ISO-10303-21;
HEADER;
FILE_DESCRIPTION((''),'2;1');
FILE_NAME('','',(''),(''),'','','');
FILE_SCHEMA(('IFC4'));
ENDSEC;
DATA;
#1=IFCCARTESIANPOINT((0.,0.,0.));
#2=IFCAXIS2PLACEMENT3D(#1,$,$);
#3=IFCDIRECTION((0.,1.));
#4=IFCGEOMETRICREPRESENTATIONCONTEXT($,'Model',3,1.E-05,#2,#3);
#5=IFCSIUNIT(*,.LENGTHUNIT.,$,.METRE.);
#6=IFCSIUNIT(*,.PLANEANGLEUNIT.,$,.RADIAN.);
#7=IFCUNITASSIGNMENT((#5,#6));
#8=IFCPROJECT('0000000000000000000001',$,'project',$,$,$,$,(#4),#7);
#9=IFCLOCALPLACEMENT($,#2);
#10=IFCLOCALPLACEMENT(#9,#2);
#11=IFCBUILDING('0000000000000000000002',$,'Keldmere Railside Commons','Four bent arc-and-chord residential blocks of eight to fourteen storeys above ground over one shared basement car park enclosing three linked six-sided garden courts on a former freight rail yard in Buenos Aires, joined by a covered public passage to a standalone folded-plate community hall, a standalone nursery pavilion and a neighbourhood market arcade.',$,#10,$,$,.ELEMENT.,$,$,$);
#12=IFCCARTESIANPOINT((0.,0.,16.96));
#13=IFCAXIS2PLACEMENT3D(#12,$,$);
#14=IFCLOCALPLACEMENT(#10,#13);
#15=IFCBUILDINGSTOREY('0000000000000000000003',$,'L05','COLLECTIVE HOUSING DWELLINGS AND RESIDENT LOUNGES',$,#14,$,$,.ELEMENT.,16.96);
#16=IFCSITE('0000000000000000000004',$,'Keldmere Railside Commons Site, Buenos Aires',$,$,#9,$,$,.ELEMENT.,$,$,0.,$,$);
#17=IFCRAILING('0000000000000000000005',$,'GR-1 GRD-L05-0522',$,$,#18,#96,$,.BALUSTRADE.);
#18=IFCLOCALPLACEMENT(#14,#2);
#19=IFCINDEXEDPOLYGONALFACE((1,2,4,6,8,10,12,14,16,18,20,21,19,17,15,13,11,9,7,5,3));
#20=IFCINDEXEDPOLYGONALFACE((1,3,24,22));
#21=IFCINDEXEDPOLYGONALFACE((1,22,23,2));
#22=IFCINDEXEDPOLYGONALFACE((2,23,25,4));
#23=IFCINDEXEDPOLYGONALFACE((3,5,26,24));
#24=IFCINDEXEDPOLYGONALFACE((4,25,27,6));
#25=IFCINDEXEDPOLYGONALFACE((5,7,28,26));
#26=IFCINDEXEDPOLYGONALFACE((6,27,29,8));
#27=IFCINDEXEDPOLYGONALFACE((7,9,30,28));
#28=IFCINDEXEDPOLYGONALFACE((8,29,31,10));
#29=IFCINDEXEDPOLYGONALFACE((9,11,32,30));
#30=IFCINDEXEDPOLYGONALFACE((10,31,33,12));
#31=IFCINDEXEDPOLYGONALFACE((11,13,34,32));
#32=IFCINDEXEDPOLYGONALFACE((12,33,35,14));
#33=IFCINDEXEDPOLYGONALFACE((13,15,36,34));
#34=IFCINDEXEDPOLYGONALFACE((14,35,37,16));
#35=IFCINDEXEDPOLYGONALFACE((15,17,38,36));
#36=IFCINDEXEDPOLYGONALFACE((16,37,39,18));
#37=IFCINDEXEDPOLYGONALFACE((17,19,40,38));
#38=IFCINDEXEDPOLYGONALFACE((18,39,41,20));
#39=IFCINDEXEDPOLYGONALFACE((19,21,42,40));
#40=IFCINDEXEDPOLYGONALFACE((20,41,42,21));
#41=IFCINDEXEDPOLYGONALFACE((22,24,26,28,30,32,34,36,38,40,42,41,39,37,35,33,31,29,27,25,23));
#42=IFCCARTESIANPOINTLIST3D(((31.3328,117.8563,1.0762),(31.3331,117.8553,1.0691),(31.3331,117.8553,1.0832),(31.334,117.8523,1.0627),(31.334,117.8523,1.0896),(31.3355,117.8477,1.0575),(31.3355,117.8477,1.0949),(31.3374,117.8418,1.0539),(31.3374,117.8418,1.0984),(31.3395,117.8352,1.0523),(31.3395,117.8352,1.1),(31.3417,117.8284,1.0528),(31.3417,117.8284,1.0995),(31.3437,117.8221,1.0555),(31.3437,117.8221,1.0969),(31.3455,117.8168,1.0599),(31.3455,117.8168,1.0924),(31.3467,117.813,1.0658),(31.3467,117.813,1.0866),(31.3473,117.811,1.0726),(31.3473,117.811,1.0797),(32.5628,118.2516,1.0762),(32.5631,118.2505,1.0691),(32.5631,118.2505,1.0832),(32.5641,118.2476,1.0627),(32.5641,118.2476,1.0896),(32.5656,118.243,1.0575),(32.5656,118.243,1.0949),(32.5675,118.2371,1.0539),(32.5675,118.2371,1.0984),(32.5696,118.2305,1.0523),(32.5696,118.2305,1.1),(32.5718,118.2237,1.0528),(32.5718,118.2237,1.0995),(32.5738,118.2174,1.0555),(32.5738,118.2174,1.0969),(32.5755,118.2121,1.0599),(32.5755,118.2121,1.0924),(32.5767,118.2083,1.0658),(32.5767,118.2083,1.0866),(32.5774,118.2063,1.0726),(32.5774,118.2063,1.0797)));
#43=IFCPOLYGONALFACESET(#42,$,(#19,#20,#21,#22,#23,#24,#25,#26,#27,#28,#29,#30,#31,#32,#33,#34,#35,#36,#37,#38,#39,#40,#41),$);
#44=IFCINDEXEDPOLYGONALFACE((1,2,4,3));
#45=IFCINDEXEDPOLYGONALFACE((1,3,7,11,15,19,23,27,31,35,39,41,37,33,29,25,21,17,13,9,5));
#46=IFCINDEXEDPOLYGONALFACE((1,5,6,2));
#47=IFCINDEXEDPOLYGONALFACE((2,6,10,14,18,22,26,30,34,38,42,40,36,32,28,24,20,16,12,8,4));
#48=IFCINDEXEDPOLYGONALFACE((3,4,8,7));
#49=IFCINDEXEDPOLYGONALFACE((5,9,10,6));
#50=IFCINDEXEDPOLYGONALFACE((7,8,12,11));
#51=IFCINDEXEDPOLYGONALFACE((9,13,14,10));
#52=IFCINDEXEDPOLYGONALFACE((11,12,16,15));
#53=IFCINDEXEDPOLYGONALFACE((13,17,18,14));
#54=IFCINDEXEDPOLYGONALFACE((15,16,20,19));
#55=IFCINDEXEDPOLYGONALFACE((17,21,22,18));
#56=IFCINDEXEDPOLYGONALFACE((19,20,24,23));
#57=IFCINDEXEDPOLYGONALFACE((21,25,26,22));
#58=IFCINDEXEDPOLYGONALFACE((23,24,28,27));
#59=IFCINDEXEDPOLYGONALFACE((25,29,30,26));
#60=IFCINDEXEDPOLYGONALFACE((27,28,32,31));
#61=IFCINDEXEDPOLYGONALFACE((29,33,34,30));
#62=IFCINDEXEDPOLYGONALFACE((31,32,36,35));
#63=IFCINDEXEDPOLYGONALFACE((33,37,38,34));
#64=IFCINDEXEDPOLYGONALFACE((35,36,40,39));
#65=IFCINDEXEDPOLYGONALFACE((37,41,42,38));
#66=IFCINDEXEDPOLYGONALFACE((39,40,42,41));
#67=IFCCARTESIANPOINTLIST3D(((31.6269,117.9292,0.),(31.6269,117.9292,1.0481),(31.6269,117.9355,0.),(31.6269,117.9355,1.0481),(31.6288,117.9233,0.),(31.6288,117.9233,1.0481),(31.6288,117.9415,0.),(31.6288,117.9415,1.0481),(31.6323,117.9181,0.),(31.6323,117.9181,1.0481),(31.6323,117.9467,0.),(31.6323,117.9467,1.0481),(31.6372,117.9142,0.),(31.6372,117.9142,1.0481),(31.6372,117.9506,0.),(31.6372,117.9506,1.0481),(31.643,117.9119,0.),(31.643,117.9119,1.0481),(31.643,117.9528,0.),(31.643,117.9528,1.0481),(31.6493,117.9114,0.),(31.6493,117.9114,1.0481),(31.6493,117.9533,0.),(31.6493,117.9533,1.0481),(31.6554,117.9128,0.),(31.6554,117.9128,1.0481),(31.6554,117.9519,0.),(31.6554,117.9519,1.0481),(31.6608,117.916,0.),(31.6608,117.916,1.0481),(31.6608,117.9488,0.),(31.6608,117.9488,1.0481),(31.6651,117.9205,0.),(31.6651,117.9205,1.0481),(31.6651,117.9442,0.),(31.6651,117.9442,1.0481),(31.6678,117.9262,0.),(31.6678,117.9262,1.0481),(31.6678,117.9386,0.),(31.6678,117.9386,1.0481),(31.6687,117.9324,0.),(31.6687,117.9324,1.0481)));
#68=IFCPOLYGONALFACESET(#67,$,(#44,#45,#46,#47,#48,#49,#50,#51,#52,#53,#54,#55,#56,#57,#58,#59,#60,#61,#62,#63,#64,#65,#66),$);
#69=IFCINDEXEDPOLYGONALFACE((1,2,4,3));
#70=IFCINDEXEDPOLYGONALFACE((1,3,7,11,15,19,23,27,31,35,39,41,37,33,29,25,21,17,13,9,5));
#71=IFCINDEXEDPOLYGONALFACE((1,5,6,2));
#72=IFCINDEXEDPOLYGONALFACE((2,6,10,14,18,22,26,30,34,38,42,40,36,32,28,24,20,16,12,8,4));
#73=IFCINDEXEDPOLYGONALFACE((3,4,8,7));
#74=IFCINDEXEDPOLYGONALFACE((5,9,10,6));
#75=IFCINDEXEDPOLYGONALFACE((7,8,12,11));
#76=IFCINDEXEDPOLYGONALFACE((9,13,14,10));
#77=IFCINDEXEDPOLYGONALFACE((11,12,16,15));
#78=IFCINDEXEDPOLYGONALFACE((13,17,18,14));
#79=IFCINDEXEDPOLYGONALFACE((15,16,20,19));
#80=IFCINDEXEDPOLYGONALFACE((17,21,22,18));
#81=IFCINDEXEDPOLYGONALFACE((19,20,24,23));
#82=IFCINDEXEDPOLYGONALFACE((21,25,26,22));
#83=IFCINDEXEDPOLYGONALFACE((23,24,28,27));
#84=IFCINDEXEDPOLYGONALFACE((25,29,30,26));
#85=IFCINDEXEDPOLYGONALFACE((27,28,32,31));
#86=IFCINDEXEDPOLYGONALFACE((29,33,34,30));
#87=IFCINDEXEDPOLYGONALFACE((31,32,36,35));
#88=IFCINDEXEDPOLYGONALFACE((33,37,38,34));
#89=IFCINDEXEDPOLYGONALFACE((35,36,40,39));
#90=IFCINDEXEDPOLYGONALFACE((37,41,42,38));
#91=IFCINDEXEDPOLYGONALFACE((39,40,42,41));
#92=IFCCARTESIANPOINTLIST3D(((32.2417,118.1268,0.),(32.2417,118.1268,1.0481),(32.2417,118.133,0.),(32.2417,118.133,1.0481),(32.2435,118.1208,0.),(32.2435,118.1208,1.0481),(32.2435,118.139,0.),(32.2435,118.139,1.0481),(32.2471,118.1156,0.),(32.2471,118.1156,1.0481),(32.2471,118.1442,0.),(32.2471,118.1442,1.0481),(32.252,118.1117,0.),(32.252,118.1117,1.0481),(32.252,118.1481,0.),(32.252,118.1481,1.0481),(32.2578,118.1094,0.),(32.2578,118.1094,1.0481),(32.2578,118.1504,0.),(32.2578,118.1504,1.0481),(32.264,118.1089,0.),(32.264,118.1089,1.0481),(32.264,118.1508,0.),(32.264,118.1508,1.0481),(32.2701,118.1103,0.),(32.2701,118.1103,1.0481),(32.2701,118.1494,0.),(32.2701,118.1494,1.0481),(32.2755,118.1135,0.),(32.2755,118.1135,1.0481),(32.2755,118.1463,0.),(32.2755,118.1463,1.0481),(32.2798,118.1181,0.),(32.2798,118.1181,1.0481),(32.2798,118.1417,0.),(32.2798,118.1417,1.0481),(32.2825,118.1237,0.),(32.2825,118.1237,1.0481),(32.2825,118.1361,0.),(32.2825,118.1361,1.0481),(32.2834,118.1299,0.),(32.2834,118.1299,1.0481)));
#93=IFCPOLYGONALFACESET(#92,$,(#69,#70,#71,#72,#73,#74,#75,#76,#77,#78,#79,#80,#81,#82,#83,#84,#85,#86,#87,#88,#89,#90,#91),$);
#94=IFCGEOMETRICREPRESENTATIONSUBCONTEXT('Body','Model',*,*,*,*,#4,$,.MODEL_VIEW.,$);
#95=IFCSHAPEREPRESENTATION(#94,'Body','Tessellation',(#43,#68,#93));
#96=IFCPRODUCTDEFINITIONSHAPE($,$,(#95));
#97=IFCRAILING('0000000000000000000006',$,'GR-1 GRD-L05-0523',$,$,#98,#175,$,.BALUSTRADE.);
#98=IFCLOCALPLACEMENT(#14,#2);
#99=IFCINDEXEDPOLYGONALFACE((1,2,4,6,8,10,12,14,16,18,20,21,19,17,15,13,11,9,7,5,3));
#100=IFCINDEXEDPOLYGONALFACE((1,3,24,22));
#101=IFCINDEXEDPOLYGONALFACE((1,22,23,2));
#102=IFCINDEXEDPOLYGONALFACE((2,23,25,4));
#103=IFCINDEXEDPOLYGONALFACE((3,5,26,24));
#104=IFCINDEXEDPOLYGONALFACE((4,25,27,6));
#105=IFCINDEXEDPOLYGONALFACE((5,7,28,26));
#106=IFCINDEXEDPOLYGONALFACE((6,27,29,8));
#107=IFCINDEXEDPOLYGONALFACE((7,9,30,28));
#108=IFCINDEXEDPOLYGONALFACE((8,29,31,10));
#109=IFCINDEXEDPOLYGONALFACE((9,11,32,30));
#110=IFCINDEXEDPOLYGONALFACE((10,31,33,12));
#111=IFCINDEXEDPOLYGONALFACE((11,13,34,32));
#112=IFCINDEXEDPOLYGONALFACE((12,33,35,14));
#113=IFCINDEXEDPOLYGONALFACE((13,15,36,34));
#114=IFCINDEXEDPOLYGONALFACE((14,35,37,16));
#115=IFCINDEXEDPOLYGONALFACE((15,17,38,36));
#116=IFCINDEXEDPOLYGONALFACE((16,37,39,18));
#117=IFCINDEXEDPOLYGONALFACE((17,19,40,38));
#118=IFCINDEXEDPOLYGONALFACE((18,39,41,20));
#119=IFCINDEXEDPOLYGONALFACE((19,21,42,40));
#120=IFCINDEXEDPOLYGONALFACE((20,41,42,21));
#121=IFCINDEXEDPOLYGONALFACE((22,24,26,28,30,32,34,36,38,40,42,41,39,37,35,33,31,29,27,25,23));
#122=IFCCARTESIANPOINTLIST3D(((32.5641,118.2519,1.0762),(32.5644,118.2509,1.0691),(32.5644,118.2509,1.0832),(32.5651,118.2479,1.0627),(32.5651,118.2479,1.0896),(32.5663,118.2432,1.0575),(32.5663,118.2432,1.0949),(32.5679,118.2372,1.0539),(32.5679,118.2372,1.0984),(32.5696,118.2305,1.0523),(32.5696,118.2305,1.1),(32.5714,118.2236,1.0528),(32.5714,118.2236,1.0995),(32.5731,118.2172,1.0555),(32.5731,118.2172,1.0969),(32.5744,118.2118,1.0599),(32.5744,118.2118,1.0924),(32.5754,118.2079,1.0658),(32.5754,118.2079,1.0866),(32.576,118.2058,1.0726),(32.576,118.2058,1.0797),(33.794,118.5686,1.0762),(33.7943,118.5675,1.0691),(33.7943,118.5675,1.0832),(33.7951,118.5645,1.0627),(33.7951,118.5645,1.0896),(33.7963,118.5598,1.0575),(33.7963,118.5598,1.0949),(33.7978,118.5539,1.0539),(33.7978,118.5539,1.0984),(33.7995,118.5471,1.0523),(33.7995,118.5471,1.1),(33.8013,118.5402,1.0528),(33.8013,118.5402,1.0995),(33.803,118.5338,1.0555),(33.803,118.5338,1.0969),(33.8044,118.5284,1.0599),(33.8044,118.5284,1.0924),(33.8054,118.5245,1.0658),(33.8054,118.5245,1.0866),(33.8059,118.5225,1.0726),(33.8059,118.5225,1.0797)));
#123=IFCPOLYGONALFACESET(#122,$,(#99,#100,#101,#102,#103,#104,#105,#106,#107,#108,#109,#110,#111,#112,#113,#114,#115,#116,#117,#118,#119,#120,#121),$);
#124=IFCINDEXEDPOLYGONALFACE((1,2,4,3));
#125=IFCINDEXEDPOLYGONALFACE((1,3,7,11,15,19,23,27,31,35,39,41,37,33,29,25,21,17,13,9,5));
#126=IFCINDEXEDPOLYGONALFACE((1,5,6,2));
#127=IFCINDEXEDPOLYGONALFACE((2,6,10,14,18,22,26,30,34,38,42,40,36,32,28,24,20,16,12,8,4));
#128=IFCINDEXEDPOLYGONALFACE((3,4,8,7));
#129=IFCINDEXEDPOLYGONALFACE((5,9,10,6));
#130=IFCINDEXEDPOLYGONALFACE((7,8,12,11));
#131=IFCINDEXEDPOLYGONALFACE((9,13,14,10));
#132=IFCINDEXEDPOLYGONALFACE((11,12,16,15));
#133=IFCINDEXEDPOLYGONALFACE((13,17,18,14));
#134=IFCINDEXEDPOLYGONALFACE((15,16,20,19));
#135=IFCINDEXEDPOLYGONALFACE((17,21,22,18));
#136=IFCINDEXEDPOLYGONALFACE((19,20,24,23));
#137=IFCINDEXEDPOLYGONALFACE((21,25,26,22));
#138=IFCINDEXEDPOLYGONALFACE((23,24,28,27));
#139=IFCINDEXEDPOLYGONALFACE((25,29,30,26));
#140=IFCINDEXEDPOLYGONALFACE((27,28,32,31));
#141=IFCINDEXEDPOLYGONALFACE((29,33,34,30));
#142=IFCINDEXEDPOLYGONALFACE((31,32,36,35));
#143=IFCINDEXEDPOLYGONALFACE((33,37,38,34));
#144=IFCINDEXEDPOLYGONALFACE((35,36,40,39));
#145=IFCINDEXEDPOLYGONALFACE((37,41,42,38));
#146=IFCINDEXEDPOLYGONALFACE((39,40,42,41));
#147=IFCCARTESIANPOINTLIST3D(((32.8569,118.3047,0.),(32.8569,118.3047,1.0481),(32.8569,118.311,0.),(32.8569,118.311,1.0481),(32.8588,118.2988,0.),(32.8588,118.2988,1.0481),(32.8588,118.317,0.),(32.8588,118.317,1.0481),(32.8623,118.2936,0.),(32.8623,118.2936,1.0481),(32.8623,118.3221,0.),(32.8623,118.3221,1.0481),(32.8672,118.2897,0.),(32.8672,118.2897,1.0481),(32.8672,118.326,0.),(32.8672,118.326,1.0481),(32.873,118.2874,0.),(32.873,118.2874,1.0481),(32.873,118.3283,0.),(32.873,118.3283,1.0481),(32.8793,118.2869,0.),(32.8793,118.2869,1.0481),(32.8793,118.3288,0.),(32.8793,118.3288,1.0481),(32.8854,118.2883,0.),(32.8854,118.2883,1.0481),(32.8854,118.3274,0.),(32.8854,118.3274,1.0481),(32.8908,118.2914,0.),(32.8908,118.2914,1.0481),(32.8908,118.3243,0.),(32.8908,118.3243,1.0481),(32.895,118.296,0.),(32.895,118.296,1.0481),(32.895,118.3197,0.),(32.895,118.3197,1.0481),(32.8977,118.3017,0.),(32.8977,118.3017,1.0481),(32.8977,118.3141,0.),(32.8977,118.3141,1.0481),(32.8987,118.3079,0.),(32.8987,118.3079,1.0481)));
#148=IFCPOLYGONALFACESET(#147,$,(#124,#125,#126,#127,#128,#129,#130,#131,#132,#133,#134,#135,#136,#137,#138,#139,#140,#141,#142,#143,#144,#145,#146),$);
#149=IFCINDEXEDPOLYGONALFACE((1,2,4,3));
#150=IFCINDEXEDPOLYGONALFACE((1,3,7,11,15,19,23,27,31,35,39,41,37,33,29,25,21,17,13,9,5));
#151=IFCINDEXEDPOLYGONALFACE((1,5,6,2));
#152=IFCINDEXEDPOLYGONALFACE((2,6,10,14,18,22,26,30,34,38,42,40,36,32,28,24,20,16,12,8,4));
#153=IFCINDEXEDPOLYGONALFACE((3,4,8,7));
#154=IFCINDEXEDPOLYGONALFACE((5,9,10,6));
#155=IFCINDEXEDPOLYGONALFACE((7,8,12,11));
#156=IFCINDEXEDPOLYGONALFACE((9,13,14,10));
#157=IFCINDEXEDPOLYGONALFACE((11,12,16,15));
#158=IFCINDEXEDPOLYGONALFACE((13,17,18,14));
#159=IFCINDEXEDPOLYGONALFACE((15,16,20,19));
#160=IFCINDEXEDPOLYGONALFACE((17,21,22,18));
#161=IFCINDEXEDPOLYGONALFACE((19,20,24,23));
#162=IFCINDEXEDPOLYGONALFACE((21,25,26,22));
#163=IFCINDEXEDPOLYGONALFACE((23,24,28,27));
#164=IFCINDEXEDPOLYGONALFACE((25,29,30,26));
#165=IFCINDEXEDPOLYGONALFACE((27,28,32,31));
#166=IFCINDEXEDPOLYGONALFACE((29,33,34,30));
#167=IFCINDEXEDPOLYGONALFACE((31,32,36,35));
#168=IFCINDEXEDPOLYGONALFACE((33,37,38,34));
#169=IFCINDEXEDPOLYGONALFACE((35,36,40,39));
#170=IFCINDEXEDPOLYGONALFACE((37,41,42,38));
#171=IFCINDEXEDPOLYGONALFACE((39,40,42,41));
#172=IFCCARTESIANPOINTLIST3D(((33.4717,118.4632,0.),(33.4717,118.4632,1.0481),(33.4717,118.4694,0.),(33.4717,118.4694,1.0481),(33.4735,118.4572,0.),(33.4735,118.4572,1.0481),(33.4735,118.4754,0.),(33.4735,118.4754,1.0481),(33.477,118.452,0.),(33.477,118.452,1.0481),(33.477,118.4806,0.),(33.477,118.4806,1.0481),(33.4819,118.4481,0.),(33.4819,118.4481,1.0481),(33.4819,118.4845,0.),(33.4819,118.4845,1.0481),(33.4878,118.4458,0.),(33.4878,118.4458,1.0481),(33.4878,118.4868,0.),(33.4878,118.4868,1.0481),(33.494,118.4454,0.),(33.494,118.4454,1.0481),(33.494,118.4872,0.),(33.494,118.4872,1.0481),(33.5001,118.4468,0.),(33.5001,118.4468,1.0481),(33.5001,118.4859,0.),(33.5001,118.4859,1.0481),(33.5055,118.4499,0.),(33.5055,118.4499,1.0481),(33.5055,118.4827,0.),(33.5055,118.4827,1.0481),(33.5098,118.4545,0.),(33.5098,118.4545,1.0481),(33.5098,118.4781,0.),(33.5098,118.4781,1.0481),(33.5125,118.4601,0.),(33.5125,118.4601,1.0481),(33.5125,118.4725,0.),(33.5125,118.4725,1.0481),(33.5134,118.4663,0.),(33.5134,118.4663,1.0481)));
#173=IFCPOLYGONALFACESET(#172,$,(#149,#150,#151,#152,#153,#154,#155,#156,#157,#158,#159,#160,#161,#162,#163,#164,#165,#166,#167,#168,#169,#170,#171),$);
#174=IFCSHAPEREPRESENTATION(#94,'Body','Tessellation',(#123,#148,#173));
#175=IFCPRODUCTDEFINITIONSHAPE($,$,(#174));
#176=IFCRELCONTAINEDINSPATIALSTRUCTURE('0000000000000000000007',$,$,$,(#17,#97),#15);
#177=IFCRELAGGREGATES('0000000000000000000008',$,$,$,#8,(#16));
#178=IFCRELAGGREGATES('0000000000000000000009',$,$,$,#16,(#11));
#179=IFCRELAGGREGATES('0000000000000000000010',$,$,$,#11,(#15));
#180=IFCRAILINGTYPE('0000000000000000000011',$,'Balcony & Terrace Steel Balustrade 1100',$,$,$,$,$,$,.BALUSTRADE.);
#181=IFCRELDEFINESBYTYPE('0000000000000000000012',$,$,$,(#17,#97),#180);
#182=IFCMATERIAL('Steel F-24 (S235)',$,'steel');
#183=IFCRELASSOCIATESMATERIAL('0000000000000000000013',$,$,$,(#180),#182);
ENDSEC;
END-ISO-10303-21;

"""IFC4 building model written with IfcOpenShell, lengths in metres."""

from ifc_helpers import new_model, si_unit, direction, frame, origin, origin_2d, place, context, subcontext, project, spatial, circle, extrude, material, type_object, element, save


model = new_model("IFC4")

# Units and contexts
model_context = context("Model", 3, precision=1e-05, world=origin(), true_north=direction((0.0, 1.0)))
body_context = subcontext(model_context, "Body", "Model", "MODEL_VIEW")
ifc_project = project(units=[si_unit("LENGTHUNIT", "METRE"), si_unit("PLANEANGLEUNIT", "RADIAN")], contexts=[model_context])

# Site, building, storey
site_placement = place(None, origin())
site = spatial("IfcSite", under=ifc_project, at=site_placement, Name="Keldmere Railside Commons Site, Buenos Aires", CompositionType="ELEMENT", RefElevation=0.0)
building_placement = place(site_placement, origin())
building = spatial("IfcBuilding", under=site, at=building_placement, Name="Keldmere Railside Commons", Description="Four bent arc-and-chord residential blocks of eight to fourteen storeys above ground over one shared basement car park enclosing three linked six-sided garden courts on a former freight rail yard in Buenos Aires, joined by a covered public passage to a standalone folded-plate community hall, a standalone nursery pavilion and a neighbourhood market arcade.", CompositionType="ELEMENT")
storey_placement = place(building_placement, frame((0.0, 0.0, 16.96)))
storey = spatial("IfcBuildingStorey", under=building, at=storey_placement, Name="L05", Description="COLLECTIVE HOUSING DWELLINGS AND RESIDENT LOUNGES", CompositionType="ELEMENT", Elevation=16.96)

# Railings
ifc_material_1 = material(Name="Steel F-24 (S235)", Category="steel")
railing_type = type_object("IfcRailingType", Name="Balcony & Terrace Steel Balustrade 1100", PredefinedType="BALUSTRADE", material=ifc_material_1)
railing_1_placement = place(storey_placement, frame((31.3401, 117.8335, 0.0)))
element("IfcRailing", 1, at=railing_1_placement, inside=storey, type_object=railing_type, Name="GR-1 GRD-L05-0522", PredefinedType="BALUSTRADE", context=body_context, shape_type="SweptSolid", body=[
    extrude(circle(Radius=0.0239, at=origin_2d()), frame((0.0, 0.0, 1.0762), z_axis=(0.952048, 0.305948, 0.0), x_axis=(-0.305948, 0.952048, 0.0)), (0.0, 0.0, 1.0), 1.292),
    extrude(circle(Radius=0.021, at=origin_2d()), frame((0.3076, 0.0989, 0.0)), (0.0, 0.0, 1.0), 1.0481),
    extrude(circle(Radius=0.021, at=origin_2d()), frame((0.9224, 0.2964, 0.0)), (0.0, 0.0, 1.0), 1.0481),
])
railing_2_placement = place(storey_placement, frame((32.5701, 118.2288, 0.0)))
element("IfcRailing", 2, at=railing_2_placement, inside=storey, type_object=railing_type, Name="GR-1 GRD-L05-0523", PredefinedType="BALUSTRADE", context=body_context, shape_type="SweptSolid", body=[
    extrude(circle(Radius=0.0239, at=origin_2d()), frame((0.0, 0.0, 1.0762), z_axis=(0.968423, 0.249314, 0.0), x_axis=(-0.249314, 0.968423, 0.0)), (0.0, 0.0, 1.0), 1.27),
    extrude(circle(Radius=0.021, at=origin_2d()), frame((0.3076, 0.0791, 0.0)), (0.0, 0.0, 1.0), 1.0481),
    extrude(circle(Radius=0.021, at=origin_2d()), frame((0.9224, 0.2375, 0.0)), (0.0, 0.0, 1.0), 1.0481),
])

save(model, "model.ifc")
